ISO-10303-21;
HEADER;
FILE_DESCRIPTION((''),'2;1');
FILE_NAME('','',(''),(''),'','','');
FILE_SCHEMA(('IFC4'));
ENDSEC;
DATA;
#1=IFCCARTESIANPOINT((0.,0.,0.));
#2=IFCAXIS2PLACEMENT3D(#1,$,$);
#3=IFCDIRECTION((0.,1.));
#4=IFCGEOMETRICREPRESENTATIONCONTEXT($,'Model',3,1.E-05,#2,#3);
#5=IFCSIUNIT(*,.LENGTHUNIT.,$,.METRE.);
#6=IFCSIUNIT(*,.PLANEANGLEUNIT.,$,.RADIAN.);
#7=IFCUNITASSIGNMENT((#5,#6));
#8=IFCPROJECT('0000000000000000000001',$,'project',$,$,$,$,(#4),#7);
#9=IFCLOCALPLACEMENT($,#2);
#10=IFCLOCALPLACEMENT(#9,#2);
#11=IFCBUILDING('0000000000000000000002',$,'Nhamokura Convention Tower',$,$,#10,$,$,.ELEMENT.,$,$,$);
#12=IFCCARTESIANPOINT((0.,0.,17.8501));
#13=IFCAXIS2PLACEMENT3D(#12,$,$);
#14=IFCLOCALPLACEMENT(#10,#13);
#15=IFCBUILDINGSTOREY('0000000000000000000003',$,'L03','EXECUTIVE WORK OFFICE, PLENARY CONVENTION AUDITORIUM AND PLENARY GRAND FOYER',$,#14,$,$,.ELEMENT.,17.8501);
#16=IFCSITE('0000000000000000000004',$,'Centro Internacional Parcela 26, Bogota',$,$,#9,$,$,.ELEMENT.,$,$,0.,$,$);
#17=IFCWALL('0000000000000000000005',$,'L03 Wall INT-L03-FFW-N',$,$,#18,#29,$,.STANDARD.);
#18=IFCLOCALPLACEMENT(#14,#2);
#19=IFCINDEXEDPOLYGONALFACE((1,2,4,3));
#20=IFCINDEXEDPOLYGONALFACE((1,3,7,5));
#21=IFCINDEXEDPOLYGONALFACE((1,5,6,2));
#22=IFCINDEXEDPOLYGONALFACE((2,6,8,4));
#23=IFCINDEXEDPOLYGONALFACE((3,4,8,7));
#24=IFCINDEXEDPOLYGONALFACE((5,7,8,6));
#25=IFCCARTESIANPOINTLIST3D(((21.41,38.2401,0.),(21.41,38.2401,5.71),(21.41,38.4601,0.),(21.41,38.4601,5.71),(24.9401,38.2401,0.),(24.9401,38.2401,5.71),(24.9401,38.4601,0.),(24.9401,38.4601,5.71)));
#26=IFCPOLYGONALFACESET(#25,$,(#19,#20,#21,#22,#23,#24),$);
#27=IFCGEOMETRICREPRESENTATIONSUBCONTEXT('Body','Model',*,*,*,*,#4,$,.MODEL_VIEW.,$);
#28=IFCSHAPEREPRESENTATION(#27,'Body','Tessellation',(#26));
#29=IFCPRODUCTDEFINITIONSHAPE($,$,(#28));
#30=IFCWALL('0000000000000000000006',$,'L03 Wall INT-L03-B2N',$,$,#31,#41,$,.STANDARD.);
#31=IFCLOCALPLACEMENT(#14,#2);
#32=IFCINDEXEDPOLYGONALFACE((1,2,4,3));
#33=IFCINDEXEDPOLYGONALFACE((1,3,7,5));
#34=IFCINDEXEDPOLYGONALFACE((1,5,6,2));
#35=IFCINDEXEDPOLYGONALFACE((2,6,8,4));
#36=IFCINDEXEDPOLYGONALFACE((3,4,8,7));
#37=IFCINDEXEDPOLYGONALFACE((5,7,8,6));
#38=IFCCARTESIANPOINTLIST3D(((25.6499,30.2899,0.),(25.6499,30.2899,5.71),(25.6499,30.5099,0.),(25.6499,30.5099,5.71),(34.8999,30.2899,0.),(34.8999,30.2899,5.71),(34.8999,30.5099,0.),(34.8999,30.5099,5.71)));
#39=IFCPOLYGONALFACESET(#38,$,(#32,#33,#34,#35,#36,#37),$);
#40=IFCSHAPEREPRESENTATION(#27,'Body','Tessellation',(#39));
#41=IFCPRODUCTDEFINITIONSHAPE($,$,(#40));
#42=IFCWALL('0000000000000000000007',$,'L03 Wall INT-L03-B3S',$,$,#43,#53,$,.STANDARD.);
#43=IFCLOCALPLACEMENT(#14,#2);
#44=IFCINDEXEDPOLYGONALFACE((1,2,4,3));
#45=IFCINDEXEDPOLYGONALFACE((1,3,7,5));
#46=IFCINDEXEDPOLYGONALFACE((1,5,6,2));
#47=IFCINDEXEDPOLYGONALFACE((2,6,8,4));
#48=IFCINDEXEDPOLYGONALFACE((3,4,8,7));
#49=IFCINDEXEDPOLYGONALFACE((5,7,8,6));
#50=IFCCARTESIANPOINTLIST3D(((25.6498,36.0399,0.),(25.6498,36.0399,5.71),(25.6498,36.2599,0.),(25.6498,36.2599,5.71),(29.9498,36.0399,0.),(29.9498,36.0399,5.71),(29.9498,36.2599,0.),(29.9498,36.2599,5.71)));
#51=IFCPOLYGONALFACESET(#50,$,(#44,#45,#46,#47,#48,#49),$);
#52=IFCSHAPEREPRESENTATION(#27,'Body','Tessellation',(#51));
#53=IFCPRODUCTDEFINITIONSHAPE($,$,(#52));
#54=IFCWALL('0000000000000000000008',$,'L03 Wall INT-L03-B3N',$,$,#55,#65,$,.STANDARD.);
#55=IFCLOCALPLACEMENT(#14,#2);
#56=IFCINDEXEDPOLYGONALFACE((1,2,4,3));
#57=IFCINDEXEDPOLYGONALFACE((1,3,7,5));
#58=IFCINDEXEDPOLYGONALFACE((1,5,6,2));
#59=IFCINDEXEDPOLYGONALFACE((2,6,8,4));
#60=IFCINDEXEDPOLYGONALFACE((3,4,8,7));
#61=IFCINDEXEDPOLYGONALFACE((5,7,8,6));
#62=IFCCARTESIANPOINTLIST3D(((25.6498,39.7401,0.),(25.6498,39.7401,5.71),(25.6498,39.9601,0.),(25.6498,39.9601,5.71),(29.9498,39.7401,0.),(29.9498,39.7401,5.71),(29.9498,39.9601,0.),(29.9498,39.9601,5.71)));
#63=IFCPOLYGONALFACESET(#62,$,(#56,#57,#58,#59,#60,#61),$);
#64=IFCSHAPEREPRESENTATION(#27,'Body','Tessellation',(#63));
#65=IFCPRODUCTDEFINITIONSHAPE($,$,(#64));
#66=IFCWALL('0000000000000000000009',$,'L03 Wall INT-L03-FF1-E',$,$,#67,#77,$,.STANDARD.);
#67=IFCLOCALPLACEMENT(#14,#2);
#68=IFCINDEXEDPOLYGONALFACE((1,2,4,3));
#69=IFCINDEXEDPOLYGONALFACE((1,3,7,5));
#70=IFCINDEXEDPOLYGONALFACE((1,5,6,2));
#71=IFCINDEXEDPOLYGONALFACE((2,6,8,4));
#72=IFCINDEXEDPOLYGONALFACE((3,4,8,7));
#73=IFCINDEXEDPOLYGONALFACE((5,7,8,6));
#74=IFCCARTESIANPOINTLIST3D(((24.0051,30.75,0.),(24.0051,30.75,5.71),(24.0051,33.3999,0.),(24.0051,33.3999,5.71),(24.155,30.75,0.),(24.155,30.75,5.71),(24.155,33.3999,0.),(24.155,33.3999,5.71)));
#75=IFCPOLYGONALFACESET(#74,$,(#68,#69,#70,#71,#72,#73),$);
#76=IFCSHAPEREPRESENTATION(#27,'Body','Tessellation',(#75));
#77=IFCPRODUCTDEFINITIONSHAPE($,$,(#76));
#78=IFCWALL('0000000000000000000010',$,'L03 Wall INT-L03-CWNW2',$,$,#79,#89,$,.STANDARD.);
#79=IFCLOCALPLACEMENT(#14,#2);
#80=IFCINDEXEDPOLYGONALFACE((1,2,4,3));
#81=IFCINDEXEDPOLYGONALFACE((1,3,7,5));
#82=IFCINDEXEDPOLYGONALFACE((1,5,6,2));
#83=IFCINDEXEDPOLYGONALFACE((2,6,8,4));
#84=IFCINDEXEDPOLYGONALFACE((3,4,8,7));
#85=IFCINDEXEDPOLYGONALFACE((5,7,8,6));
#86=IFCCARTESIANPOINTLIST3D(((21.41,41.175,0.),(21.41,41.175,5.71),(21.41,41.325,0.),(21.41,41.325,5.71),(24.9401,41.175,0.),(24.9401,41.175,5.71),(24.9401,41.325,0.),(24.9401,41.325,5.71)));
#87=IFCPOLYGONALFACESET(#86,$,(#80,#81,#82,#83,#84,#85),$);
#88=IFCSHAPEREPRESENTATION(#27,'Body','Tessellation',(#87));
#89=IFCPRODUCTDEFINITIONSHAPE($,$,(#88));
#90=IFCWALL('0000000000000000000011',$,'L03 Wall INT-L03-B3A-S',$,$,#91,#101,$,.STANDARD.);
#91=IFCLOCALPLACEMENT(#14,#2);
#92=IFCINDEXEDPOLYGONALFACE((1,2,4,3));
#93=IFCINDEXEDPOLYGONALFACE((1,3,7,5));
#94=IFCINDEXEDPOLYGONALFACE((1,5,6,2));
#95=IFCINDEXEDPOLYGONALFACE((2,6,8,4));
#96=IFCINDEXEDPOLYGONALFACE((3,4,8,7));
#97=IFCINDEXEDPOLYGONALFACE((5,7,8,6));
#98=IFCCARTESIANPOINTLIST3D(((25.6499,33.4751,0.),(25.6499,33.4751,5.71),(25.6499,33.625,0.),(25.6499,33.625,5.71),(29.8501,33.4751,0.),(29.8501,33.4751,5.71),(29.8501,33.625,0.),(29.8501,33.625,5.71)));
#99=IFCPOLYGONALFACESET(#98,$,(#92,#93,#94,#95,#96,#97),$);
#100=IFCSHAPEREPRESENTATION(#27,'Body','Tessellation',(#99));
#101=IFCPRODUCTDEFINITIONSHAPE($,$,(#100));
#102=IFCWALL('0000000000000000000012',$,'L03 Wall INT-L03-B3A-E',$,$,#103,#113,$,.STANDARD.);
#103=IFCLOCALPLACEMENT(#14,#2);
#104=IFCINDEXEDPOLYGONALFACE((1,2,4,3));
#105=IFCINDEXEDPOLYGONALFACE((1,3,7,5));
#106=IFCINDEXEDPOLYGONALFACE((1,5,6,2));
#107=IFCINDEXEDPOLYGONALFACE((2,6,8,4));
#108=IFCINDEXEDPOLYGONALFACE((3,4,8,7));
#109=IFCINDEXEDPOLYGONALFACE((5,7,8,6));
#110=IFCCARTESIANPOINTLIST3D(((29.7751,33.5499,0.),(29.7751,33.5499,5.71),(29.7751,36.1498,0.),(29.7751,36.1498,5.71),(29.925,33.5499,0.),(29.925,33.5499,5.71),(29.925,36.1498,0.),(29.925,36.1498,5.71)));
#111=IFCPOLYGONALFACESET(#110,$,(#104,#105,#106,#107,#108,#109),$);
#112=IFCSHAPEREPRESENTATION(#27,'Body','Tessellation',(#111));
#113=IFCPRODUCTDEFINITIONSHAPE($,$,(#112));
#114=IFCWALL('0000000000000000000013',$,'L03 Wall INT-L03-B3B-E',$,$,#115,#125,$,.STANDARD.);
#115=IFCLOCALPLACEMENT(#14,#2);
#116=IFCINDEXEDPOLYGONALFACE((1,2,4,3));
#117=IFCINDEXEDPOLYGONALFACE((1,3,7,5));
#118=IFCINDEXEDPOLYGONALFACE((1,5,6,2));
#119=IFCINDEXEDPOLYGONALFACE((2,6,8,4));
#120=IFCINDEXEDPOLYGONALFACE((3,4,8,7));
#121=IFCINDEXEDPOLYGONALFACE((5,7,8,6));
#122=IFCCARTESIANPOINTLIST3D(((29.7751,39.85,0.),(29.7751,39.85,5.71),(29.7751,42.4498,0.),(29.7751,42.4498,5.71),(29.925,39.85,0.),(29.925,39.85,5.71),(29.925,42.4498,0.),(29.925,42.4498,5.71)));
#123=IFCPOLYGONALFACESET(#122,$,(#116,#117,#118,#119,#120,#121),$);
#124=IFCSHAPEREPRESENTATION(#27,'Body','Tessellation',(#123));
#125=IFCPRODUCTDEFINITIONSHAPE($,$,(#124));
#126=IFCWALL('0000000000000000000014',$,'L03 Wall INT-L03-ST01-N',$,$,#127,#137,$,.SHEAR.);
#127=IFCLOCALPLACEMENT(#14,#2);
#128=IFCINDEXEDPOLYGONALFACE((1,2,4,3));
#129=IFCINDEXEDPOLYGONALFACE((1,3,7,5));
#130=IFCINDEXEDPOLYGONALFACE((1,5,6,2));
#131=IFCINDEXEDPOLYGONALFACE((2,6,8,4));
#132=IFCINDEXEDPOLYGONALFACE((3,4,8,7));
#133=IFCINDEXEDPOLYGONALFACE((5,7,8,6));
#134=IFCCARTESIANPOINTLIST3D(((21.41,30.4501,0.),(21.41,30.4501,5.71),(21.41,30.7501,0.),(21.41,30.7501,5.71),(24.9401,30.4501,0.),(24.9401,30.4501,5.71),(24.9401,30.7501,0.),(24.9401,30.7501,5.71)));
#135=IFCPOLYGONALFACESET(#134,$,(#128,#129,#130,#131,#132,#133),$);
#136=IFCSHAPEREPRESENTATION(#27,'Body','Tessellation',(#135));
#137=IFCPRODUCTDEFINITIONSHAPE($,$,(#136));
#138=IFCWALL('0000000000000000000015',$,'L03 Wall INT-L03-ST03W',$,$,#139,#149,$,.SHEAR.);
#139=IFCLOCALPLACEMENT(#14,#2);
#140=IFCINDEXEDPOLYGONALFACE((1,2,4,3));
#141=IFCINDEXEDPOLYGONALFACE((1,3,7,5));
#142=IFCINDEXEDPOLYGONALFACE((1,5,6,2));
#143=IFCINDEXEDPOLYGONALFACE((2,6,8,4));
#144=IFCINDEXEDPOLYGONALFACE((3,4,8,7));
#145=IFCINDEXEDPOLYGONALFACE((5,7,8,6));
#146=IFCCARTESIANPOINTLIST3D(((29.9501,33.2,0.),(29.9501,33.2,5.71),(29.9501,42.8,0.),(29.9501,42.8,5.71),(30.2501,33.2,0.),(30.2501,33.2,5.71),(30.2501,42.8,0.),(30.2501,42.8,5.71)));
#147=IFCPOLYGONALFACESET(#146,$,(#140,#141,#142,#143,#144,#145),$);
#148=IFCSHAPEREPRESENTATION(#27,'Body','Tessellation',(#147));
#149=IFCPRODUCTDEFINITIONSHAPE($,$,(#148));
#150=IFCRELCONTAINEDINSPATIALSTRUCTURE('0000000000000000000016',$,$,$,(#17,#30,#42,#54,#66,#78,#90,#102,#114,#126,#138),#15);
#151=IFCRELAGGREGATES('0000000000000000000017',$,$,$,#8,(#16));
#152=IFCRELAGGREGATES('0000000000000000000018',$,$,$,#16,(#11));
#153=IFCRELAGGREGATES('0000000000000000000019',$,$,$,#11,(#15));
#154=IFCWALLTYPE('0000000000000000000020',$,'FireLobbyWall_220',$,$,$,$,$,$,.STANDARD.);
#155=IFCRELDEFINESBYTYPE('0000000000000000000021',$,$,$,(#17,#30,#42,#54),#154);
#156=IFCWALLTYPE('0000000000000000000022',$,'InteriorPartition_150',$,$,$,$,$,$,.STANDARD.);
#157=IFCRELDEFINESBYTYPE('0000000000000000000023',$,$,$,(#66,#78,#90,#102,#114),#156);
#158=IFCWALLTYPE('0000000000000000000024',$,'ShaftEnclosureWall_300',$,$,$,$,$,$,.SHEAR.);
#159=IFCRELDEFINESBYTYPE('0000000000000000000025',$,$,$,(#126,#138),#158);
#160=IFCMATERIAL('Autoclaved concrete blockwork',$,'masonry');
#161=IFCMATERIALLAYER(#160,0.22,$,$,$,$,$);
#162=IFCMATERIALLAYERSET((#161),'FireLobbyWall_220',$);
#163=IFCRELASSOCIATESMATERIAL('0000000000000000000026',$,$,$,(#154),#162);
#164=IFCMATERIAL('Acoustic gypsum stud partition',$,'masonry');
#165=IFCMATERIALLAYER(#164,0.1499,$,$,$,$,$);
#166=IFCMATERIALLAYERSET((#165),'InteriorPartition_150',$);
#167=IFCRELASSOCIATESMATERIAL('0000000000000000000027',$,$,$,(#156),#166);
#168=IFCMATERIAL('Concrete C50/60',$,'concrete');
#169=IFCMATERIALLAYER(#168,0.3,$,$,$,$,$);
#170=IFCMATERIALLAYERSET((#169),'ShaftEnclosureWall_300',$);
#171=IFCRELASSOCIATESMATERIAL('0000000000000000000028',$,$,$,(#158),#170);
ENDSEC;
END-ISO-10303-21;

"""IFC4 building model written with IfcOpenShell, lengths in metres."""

from ifc_helpers import new_model, si_unit, direction, frame, frame_2d, origin, place, context, subcontext, project, spatial, rectangle, extrude, material, layer, layer_set, type_object, element, save


model = new_model("IFC4")

# Units and contexts
model_context = context("Model", 3, precision=1e-05, world=origin(), true_north=direction((0.0, 1.0)))
body_context = subcontext(model_context, "Body", "Model", "MODEL_VIEW")
ifc_project = project(units=[si_unit("LENGTHUNIT", "METRE"), si_unit("PLANEANGLEUNIT", "RADIAN")], contexts=[model_context])

# Site, building, storey
site_placement = place(None, origin())
site = spatial("IfcSite", under=ifc_project, at=site_placement, Name="Centro Internacional Parcela 26, Bogota", CompositionType="ELEMENT", RefElevation=0.0)
building_placement = place(site_placement, origin())
building = spatial("IfcBuilding", under=site, at=building_placement, Name="Nhamokura Convention Tower", CompositionType="ELEMENT")
storey_placement = place(building_placement, frame((0.0, 0.0, 17.8501)))
storey = spatial("IfcBuildingStorey", under=building, at=storey_placement, Name="L03", Description="EXECUTIVE WORK OFFICE, PLENARY CONVENTION AUDITORIUM AND PLENARY GRAND FOYER", CompositionType="ELEMENT", Elevation=17.8501)

# Shared definitions
ifc_material_1 = material(Name="Autoclaved concrete blockwork", Category="masonry")
ifc_layer_1 = layer(ifc_material_1, 0.22)
ifc_layer_set_1 = layer_set([ifc_layer_1], Name="FireLobbyWall_220")
wall_type_1 = type_object("IfcWallType", Name="FireLobbyWall_220", PredefinedType="STANDARD", material=ifc_layer_set_1)

# Walls
wall_1_placement = place(storey_placement, frame((21.4099, 38.3501, 0.0), z_axis=(0.0, 0.0, 1.0), x_axis=(1.0, 0.0, 0.0)))
element("IfcWall", 1, at=wall_1_placement, inside=storey, type_object=wall_type_1, Name="L03 Wall INT-L03-FFW-N", PredefinedType="STANDARD", context=body_context, shape_type="SweptSolid", body=[
    extrude(rectangle(XDim=3.53, YDim=0.22, at=frame_2d((1.7651, 0.0))), origin(), (0.0, 0.0, 1.0), 5.71),
])
wall_2_placement = place(storey_placement, frame((25.6499, 30.3999, 0.0), z_axis=(0.0, 0.0, 1.0), x_axis=(1.0, 0.0, 0.0)))
element("IfcWall", 2, at=wall_2_placement, inside=storey, type_object=wall_type_1, Name="L03 Wall INT-L03-B2N", PredefinedType="STANDARD", context=body_context, shape_type="SweptSolid", body=[
    extrude(rectangle(XDim=9.25, YDim=0.22, at=frame_2d((4.625, 0.0))), origin(), (0.0, 0.0, 1.0), 5.71),
])
for number, where, z_axis, x_axis, name in (
    (3, (25.6499, 36.1499, 0.0), (0.0, 0.0, 1.0), (1.0, 0.0, 0.0), "L03 Wall INT-L03-B3S"),
    (4, (25.6499, 39.8501, 0.0), (0.0, 0.0, 1.0), (1.0, 0.0, 0.0), "L03 Wall INT-L03-B3N"),
):
    element("IfcWall", number, at=place(storey_placement, frame(where, z_axis=z_axis, x_axis=x_axis)), inside=storey, type_object=wall_type_1, Name=name, PredefinedType="STANDARD", context=body_context, shape_type="SweptSolid", body=[
        extrude(rectangle(XDim=4.3, YDim=0.22, at=frame_2d((2.1499, 0.0))), origin(), (0.0, 0.0, 1.0), 5.71),
    ])
ifc_material_2 = material(Name="Acoustic gypsum stud partition", Category="masonry")
ifc_layer_2 = layer(ifc_material_2, 0.1499)
ifc_layer_set_2 = layer_set([ifc_layer_2], Name="InteriorPartition_150")
wall_type_2 = type_object("IfcWallType", Name="InteriorPartition_150", PredefinedType="STANDARD", material=ifc_layer_set_2)
wall_3_placement = place(storey_placement, frame((24.0801, 30.75, 0.0), z_axis=(0.0, 0.0, 1.0), x_axis=(0.0, 1.0, 0.0)))
element("IfcWall", 5, at=wall_3_placement, inside=storey, type_object=wall_type_2, Name="L03 Wall INT-L03-FF1-E", PredefinedType="STANDARD", context=body_context, shape_type="SweptSolid", body=[
    extrude(rectangle(XDim=2.6499, YDim=0.1499, at=frame_2d((1.325, 0.0))), origin(), (0.0, 0.0, 1.0), 5.71),
])
wall_4_placement = place(storey_placement, frame((21.4099, 41.25, 0.0), z_axis=(0.0, 0.0, 1.0), x_axis=(1.0, 0.0, 0.0)))
element("IfcWall", 6, at=wall_4_placement, inside=storey, type_object=wall_type_2, Name="L03 Wall INT-L03-CWNW2", PredefinedType="STANDARD", context=body_context, shape_type="SweptSolid", body=[
    extrude(rectangle(XDim=3.53, YDim=0.1499, at=frame_2d((1.7651, 0.0))), origin(), (0.0, 0.0, 1.0), 5.71),
])
wall_5_placement = place(storey_placement, frame((25.6499, 33.55, 0.0), z_axis=(0.0, 0.0, 1.0), x_axis=(1.0, 0.0, 0.0)))
element("IfcWall", 7, at=wall_5_placement, inside=storey, type_object=wall_type_2, Name="L03 Wall INT-L03-B3A-S", PredefinedType="STANDARD", context=body_context, shape_type="SweptSolid", body=[
    extrude(rectangle(XDim=4.2002, YDim=0.1499, at=frame_2d((2.1001, 0.0))), origin(), (0.0, 0.0, 1.0), 5.71),
])
for number, where, z_axis, x_axis, name in (
    (8, (29.8501, 33.55, 0.0), (0.0, 0.0, 1.0), (0.0, 1.0, 0.0), "L03 Wall INT-L03-B3A-E"),
    (9, (29.8501, 39.8501, 0.0), (0.0, 0.0, 1.0), (0.0, 1.0, 0.0), "L03 Wall INT-L03-B3B-E"),
):
    element("IfcWall", number, at=place(storey_placement, frame(where, z_axis=z_axis, x_axis=x_axis)), inside=storey, type_object=wall_type_2, Name=name, PredefinedType="STANDARD", context=body_context, shape_type="SweptSolid", body=[
        extrude(rectangle(XDim=2.5999, YDim=0.1499, at=frame_2d((1.2998, 0.0))), origin(), (0.0, 0.0, 1.0), 5.71),
    ])
ifc_material_3 = material(Name="Concrete C50/60", Category="concrete")
ifc_layer_3 = layer(ifc_material_3, 0.3)
ifc_layer_set_3 = layer_set([ifc_layer_3], Name="ShaftEnclosureWall_300")
wall_type_3 = type_object("IfcWallType", Name="ShaftEnclosureWall_300", PredefinedType="SHEAR", material=ifc_layer_set_3)
wall_6_placement = place(storey_placement, frame((21.4099, 30.6001, 0.0), z_axis=(0.0, 0.0, 1.0), x_axis=(1.0, 0.0, 0.0)))
element("IfcWall", 10, at=wall_6_placement, inside=storey, type_object=wall_type_3, Name="L03 Wall INT-L03-ST01-N", PredefinedType="SHEAR", context=body_context, shape_type="SweptSolid", body=[
    extrude(rectangle(XDim=3.53, YDim=0.3, at=frame_2d((1.7651, 0.0))), origin(), (0.0, 0.0, 1.0), 5.71),
])
wall_7_placement = place(storey_placement, frame((30.1001, 33.2, 0.0), z_axis=(0.0, 0.0, 1.0), x_axis=(0.0, 1.0, 0.0)))
element("IfcWall", 11, at=wall_7_placement, inside=storey, type_object=wall_type_3, Name="L03 Wall INT-L03-ST03W", PredefinedType="SHEAR", context=body_context, shape_type="SweptSolid", body=[
    extrude(rectangle(XDim=9.6001, YDim=0.3, at=frame_2d((4.8, 0.0))), origin(), (0.0, 0.0, 1.0), 5.71),
])

save(model, "model.ifc")
